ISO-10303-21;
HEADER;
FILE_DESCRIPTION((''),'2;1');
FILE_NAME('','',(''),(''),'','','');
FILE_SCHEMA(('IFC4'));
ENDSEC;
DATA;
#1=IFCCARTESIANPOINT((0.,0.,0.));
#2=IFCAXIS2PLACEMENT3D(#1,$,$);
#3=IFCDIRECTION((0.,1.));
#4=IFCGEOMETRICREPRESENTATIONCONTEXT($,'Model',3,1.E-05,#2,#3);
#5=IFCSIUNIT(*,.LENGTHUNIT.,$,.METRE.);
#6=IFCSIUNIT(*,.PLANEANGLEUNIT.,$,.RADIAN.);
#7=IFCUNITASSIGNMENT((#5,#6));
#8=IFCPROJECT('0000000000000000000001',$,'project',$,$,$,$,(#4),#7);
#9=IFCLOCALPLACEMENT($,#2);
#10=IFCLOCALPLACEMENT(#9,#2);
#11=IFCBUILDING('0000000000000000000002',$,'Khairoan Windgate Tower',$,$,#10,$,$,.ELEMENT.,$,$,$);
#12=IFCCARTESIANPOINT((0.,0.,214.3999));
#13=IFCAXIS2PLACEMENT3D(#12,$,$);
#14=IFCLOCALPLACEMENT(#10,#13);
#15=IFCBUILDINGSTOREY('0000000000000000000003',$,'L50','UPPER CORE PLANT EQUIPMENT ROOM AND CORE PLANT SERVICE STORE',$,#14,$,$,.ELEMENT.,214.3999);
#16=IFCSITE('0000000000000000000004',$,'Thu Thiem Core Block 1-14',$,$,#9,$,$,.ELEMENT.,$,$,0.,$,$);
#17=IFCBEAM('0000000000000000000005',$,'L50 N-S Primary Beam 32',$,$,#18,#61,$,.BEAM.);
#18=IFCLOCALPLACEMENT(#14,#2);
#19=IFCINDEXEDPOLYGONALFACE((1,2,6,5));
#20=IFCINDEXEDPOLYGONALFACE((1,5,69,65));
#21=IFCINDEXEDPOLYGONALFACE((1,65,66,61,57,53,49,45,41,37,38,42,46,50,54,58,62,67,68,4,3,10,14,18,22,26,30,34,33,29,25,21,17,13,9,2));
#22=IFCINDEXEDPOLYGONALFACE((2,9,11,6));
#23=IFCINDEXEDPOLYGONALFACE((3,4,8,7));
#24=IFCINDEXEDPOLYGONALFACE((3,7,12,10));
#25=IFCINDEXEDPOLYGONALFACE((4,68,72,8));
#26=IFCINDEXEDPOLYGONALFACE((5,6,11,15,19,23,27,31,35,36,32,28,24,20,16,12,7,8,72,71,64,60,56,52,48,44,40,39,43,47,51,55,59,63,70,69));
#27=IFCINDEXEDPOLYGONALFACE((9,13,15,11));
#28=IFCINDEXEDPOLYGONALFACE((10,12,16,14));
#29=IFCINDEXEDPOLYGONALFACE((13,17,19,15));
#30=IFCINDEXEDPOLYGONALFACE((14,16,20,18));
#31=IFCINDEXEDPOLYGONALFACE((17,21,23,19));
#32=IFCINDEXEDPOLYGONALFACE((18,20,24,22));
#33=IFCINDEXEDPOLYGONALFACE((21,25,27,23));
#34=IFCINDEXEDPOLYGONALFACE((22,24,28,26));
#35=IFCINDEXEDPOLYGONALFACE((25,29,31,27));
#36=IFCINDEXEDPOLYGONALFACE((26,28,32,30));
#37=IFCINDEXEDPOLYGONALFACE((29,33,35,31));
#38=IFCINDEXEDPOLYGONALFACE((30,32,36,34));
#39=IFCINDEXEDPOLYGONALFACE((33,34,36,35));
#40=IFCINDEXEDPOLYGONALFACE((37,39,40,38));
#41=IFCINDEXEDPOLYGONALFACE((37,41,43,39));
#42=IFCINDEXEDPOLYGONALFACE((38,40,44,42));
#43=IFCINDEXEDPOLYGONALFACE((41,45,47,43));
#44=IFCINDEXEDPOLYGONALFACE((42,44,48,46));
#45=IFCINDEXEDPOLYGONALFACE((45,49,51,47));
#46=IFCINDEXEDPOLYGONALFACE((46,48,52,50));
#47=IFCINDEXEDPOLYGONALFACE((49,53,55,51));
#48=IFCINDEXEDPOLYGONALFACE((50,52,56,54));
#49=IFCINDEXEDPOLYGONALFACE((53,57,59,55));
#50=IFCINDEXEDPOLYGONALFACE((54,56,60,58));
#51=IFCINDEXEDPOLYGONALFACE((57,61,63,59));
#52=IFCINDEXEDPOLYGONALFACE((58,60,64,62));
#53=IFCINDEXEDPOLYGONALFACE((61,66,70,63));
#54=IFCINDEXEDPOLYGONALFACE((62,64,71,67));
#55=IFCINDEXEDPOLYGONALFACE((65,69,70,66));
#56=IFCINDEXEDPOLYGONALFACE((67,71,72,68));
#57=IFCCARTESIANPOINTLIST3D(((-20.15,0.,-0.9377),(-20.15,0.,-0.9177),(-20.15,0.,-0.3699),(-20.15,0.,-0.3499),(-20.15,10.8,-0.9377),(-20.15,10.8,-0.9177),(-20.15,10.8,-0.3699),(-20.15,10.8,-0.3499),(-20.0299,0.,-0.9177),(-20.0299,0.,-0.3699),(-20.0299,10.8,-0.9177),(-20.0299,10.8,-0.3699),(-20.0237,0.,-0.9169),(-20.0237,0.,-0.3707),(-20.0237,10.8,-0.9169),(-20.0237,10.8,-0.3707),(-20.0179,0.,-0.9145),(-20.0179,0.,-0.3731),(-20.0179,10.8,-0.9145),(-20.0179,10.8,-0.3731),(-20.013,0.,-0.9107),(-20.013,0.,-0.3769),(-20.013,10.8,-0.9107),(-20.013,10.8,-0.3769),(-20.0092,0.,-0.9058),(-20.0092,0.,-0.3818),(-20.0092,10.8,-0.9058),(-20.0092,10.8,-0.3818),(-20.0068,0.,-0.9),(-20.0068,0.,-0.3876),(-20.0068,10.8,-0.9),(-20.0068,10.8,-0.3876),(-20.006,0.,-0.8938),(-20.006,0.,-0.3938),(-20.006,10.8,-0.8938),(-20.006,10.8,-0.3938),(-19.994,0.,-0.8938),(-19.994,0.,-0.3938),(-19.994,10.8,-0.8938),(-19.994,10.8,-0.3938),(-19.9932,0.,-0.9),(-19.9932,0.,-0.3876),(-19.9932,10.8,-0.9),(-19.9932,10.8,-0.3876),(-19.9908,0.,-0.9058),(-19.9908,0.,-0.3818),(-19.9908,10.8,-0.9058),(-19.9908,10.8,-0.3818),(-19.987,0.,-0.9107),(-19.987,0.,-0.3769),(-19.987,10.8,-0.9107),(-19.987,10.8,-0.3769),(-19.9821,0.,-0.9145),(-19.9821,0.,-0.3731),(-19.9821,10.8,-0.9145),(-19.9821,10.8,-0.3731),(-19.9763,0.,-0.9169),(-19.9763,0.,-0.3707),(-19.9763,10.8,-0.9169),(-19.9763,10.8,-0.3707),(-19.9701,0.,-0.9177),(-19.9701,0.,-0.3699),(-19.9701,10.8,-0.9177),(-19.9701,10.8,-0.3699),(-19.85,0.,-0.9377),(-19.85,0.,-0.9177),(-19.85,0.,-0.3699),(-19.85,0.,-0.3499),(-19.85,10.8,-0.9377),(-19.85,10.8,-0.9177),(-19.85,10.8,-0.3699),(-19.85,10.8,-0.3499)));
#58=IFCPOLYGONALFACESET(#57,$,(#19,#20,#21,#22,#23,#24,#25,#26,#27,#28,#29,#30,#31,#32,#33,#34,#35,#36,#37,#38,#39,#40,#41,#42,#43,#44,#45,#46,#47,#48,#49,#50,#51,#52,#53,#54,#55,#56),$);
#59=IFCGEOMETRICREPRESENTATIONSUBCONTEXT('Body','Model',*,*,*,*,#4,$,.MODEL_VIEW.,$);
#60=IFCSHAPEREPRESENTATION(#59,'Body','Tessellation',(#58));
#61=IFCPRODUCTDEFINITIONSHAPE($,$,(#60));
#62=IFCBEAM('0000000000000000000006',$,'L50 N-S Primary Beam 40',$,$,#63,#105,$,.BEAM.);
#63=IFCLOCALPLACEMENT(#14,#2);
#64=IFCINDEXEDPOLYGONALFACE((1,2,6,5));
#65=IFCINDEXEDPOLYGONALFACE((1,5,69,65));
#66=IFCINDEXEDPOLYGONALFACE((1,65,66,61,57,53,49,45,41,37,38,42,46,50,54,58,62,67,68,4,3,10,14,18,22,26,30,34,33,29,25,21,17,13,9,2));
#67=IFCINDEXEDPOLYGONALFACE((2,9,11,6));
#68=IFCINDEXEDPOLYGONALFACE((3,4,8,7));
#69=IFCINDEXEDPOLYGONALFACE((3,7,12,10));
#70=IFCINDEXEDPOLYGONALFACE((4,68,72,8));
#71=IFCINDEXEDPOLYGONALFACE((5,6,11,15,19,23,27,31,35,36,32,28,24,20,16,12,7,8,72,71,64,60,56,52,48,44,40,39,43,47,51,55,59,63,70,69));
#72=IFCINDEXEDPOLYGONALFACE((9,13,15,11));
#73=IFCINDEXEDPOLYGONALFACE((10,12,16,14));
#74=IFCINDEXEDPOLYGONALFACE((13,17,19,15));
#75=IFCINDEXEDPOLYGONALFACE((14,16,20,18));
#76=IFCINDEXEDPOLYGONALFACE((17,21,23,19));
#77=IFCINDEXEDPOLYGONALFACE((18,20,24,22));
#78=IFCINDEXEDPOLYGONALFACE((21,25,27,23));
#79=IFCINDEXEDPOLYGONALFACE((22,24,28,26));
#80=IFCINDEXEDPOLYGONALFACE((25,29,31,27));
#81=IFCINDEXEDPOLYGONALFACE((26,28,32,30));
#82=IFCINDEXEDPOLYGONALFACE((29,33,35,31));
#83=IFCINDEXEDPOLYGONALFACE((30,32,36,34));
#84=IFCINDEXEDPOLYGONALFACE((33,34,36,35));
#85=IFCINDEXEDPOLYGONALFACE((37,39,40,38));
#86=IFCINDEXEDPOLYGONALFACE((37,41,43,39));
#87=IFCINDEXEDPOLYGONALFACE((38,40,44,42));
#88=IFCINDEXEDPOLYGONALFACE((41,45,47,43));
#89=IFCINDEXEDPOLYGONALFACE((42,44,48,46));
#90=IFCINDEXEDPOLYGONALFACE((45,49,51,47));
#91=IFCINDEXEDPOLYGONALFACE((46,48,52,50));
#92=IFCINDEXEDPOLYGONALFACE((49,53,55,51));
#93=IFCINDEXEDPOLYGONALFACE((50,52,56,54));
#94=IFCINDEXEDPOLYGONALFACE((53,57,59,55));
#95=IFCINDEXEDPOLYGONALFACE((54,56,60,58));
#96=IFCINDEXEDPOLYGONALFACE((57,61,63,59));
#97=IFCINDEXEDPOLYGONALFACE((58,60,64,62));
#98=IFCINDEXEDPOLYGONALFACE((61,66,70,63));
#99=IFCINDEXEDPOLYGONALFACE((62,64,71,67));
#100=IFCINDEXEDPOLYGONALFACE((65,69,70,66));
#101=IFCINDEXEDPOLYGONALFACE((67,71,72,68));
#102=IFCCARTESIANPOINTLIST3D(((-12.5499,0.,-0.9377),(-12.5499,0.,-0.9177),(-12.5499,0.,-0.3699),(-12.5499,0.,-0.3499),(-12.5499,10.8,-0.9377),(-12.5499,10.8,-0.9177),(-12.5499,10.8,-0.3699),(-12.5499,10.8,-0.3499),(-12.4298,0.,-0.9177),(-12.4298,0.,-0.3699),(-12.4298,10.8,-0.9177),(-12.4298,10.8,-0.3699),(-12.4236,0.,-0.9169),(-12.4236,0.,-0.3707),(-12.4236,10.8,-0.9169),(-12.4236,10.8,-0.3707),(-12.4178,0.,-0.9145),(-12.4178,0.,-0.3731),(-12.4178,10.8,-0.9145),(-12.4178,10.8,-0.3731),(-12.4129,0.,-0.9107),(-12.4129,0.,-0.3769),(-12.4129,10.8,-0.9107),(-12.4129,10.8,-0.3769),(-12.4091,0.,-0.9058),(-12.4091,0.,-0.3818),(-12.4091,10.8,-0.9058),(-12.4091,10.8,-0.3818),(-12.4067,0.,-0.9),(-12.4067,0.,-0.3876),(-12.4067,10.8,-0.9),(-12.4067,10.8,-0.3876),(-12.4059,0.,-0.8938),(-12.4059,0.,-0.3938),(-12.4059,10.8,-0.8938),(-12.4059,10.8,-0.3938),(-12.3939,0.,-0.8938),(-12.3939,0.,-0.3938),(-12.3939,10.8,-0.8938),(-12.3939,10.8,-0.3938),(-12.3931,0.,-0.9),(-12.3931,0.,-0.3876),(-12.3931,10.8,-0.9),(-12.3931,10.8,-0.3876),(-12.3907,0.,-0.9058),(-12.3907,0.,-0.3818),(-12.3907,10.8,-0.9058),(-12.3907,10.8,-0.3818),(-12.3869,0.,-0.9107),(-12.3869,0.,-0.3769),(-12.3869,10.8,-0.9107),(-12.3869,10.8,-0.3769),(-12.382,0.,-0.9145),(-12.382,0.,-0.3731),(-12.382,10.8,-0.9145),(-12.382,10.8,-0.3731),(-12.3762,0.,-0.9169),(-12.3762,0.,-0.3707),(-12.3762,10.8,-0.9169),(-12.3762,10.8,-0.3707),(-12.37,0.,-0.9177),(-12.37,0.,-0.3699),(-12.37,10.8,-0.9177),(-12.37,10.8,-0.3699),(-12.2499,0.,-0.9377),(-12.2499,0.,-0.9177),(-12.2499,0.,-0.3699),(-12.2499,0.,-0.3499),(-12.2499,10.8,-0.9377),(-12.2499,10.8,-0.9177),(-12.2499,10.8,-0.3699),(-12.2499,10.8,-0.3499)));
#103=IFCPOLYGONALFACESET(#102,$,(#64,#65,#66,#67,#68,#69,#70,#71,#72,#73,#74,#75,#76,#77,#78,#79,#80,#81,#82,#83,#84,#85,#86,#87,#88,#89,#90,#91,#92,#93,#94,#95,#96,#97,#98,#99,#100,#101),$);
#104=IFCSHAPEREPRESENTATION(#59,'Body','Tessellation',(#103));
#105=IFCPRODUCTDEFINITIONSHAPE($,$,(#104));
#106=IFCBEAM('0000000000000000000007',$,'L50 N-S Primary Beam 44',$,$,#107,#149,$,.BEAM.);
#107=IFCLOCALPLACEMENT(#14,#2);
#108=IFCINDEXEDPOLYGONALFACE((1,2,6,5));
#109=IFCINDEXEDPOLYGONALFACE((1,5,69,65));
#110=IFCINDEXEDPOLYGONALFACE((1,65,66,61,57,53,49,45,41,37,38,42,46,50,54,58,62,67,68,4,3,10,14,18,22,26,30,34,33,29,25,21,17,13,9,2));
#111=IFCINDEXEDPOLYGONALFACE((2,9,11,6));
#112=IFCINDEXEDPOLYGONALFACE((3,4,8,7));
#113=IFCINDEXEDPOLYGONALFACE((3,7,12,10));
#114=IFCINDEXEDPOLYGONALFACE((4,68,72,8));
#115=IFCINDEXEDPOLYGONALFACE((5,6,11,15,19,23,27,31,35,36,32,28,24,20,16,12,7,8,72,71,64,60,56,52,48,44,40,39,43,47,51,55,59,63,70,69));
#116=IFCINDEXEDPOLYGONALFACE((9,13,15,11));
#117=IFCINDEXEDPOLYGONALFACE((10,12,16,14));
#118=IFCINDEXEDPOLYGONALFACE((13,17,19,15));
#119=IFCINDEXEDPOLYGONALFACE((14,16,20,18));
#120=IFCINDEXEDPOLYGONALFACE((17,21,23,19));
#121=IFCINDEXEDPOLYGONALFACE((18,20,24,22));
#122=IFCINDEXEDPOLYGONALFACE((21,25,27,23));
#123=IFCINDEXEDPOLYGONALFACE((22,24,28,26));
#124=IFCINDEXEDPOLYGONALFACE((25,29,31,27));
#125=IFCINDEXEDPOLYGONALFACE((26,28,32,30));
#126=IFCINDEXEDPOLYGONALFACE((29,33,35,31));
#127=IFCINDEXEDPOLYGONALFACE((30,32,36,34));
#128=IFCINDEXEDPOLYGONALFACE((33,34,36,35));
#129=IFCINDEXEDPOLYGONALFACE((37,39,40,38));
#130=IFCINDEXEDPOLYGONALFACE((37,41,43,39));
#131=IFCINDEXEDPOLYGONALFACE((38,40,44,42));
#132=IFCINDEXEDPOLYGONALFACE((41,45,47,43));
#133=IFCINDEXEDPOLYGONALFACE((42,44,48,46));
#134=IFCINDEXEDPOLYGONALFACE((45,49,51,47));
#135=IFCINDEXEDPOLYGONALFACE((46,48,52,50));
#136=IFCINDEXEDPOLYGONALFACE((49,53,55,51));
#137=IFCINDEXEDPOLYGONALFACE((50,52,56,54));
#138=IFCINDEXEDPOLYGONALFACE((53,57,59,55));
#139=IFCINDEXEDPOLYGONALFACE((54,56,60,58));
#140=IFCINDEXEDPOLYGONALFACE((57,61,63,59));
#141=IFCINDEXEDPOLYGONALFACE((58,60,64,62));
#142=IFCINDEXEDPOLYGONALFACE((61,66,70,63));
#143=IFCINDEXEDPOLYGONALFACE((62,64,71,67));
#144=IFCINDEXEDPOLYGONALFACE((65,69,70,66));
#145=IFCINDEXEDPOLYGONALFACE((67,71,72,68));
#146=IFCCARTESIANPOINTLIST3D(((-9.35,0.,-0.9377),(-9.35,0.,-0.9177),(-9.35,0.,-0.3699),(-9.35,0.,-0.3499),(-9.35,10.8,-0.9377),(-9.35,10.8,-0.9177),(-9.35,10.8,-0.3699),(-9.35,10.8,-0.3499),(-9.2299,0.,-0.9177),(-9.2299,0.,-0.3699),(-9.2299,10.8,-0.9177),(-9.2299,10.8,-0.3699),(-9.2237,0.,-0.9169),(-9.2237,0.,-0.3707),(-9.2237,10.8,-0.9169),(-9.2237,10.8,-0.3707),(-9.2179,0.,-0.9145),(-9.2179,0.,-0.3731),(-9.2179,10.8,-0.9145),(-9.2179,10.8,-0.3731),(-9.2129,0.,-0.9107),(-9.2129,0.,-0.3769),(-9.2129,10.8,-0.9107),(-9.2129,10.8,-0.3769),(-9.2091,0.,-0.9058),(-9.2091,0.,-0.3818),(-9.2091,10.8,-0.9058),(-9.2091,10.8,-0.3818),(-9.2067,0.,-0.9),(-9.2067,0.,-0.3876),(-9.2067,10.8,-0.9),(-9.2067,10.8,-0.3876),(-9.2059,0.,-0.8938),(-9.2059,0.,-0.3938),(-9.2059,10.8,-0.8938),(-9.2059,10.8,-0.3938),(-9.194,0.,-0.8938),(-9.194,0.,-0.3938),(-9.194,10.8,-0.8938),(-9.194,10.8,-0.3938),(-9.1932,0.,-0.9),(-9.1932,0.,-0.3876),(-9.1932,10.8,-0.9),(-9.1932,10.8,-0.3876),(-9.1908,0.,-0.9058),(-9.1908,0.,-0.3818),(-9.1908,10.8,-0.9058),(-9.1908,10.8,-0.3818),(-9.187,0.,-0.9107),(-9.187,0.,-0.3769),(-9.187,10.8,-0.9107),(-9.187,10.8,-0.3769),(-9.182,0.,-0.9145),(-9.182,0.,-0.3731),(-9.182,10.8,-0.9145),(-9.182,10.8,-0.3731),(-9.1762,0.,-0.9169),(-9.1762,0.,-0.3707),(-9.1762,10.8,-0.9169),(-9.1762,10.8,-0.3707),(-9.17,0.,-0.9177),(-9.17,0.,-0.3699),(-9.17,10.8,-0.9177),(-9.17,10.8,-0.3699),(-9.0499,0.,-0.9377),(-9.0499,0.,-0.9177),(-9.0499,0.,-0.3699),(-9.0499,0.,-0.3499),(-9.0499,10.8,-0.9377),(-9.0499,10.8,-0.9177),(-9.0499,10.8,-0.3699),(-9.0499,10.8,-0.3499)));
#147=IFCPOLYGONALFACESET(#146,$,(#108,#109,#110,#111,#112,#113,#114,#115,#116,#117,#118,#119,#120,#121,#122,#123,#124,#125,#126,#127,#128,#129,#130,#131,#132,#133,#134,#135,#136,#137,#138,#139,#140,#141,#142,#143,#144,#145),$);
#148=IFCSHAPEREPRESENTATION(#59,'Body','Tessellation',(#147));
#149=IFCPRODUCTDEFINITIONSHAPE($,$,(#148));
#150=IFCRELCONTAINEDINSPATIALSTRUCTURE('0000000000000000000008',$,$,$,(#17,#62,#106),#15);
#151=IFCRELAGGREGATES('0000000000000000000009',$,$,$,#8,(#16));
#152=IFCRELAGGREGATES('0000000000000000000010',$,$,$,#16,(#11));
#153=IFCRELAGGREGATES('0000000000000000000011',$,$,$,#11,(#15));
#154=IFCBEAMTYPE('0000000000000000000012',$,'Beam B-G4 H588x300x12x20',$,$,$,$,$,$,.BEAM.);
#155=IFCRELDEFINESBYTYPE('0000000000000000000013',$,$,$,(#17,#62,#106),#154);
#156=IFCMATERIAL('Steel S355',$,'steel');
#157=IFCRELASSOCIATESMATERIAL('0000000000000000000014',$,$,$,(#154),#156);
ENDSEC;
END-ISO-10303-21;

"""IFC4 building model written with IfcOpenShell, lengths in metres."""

from ifc_helpers import new_model, si_unit, direction, frame, origin, origin_2d, place, context, subcontext, project, spatial, i_section, extrude, material, material_profile, profile_set, type_object, element, save


model = new_model("IFC4")

# Units and contexts
model_context = context("Model", 3, precision=1e-05, world=origin(), true_north=direction((0.0, 1.0)))
body_context = subcontext(model_context, "Body", "Model", "MODEL_VIEW")
ifc_project = project(units=[si_unit("LENGTHUNIT", "METRE"), si_unit("PLANEANGLEUNIT", "RADIAN")], contexts=[model_context])

# Site, building, storey
site_placement = place(None, origin())
site = spatial("IfcSite", under=ifc_project, at=site_placement, Name="Thu Thiem Core Block 1-14", CompositionType="ELEMENT", RefElevation=0.0)
building_placement = place(site_placement, origin())
building = spatial("IfcBuilding", under=site, at=building_placement, Name="Khairoan Windgate Tower", CompositionType="ELEMENT")
storey_placement = place(building_placement, frame((0.0, 0.0, 214.3999)))
storey = spatial("IfcBuildingStorey", under=building, at=storey_placement, Name="L50", Description="UPPER CORE PLANT EQUIPMENT ROOM AND CORE PLANT SERVICE STORE", CompositionType="ELEMENT", Elevation=214.3999)

# Beams
ifc_material_1 = material(Name="Steel S355", Category="steel")
ifc_material_profile_1 = material_profile(ifc_material_1, i_section(OverallWidth=0.3, OverallDepth=0.5879, WebThickness=0.012, FlangeThickness=0.02, FilletRadius=0.0239, at=origin_2d()))
ifc_profile_set_1 = profile_set([ifc_material_profile_1], Name="Steel S355")
beam_type_1 = type_object("IfcBeamType", Name="Beam B-G4 H588x300x12x20", PredefinedType="BEAM", material=ifc_profile_set_1)
for number, where, z_axis, x_axis, name in (
    (1, (-20.0, 0.0, -0.6438), (0.0, 1.0, 0.0), (-1.0, 0.0, 0.0), "L50 N-S Primary Beam 32"),
    (2, (-12.3999, 0.0, -0.6438), (0.0, 1.0, 0.0), (-1.0, 0.0, 0.0), "L50 N-S Primary Beam 40"),
    (3, (-9.2, 0.0, -0.6438), (0.0, 1.0, 0.0), (-1.0, 0.0, 0.0), "L50 N-S Primary Beam 44"),
):
    element("IfcBeam", number, at=place(storey_placement, frame(where, z_axis=z_axis, x_axis=x_axis)), inside=storey, type_object=beam_type_1, Name=name, PredefinedType="BEAM", context=body_context, shape_type="SweptSolid", body=[
        extrude(i_section(OverallWidth=0.3, OverallDepth=0.5879, WebThickness=0.012, FlangeThickness=0.02, FilletRadius=0.0239, at=origin_2d()), origin(), (0.0, 0.0, 1.0), 10.8),
    ])

save(model, "model.ifc")
